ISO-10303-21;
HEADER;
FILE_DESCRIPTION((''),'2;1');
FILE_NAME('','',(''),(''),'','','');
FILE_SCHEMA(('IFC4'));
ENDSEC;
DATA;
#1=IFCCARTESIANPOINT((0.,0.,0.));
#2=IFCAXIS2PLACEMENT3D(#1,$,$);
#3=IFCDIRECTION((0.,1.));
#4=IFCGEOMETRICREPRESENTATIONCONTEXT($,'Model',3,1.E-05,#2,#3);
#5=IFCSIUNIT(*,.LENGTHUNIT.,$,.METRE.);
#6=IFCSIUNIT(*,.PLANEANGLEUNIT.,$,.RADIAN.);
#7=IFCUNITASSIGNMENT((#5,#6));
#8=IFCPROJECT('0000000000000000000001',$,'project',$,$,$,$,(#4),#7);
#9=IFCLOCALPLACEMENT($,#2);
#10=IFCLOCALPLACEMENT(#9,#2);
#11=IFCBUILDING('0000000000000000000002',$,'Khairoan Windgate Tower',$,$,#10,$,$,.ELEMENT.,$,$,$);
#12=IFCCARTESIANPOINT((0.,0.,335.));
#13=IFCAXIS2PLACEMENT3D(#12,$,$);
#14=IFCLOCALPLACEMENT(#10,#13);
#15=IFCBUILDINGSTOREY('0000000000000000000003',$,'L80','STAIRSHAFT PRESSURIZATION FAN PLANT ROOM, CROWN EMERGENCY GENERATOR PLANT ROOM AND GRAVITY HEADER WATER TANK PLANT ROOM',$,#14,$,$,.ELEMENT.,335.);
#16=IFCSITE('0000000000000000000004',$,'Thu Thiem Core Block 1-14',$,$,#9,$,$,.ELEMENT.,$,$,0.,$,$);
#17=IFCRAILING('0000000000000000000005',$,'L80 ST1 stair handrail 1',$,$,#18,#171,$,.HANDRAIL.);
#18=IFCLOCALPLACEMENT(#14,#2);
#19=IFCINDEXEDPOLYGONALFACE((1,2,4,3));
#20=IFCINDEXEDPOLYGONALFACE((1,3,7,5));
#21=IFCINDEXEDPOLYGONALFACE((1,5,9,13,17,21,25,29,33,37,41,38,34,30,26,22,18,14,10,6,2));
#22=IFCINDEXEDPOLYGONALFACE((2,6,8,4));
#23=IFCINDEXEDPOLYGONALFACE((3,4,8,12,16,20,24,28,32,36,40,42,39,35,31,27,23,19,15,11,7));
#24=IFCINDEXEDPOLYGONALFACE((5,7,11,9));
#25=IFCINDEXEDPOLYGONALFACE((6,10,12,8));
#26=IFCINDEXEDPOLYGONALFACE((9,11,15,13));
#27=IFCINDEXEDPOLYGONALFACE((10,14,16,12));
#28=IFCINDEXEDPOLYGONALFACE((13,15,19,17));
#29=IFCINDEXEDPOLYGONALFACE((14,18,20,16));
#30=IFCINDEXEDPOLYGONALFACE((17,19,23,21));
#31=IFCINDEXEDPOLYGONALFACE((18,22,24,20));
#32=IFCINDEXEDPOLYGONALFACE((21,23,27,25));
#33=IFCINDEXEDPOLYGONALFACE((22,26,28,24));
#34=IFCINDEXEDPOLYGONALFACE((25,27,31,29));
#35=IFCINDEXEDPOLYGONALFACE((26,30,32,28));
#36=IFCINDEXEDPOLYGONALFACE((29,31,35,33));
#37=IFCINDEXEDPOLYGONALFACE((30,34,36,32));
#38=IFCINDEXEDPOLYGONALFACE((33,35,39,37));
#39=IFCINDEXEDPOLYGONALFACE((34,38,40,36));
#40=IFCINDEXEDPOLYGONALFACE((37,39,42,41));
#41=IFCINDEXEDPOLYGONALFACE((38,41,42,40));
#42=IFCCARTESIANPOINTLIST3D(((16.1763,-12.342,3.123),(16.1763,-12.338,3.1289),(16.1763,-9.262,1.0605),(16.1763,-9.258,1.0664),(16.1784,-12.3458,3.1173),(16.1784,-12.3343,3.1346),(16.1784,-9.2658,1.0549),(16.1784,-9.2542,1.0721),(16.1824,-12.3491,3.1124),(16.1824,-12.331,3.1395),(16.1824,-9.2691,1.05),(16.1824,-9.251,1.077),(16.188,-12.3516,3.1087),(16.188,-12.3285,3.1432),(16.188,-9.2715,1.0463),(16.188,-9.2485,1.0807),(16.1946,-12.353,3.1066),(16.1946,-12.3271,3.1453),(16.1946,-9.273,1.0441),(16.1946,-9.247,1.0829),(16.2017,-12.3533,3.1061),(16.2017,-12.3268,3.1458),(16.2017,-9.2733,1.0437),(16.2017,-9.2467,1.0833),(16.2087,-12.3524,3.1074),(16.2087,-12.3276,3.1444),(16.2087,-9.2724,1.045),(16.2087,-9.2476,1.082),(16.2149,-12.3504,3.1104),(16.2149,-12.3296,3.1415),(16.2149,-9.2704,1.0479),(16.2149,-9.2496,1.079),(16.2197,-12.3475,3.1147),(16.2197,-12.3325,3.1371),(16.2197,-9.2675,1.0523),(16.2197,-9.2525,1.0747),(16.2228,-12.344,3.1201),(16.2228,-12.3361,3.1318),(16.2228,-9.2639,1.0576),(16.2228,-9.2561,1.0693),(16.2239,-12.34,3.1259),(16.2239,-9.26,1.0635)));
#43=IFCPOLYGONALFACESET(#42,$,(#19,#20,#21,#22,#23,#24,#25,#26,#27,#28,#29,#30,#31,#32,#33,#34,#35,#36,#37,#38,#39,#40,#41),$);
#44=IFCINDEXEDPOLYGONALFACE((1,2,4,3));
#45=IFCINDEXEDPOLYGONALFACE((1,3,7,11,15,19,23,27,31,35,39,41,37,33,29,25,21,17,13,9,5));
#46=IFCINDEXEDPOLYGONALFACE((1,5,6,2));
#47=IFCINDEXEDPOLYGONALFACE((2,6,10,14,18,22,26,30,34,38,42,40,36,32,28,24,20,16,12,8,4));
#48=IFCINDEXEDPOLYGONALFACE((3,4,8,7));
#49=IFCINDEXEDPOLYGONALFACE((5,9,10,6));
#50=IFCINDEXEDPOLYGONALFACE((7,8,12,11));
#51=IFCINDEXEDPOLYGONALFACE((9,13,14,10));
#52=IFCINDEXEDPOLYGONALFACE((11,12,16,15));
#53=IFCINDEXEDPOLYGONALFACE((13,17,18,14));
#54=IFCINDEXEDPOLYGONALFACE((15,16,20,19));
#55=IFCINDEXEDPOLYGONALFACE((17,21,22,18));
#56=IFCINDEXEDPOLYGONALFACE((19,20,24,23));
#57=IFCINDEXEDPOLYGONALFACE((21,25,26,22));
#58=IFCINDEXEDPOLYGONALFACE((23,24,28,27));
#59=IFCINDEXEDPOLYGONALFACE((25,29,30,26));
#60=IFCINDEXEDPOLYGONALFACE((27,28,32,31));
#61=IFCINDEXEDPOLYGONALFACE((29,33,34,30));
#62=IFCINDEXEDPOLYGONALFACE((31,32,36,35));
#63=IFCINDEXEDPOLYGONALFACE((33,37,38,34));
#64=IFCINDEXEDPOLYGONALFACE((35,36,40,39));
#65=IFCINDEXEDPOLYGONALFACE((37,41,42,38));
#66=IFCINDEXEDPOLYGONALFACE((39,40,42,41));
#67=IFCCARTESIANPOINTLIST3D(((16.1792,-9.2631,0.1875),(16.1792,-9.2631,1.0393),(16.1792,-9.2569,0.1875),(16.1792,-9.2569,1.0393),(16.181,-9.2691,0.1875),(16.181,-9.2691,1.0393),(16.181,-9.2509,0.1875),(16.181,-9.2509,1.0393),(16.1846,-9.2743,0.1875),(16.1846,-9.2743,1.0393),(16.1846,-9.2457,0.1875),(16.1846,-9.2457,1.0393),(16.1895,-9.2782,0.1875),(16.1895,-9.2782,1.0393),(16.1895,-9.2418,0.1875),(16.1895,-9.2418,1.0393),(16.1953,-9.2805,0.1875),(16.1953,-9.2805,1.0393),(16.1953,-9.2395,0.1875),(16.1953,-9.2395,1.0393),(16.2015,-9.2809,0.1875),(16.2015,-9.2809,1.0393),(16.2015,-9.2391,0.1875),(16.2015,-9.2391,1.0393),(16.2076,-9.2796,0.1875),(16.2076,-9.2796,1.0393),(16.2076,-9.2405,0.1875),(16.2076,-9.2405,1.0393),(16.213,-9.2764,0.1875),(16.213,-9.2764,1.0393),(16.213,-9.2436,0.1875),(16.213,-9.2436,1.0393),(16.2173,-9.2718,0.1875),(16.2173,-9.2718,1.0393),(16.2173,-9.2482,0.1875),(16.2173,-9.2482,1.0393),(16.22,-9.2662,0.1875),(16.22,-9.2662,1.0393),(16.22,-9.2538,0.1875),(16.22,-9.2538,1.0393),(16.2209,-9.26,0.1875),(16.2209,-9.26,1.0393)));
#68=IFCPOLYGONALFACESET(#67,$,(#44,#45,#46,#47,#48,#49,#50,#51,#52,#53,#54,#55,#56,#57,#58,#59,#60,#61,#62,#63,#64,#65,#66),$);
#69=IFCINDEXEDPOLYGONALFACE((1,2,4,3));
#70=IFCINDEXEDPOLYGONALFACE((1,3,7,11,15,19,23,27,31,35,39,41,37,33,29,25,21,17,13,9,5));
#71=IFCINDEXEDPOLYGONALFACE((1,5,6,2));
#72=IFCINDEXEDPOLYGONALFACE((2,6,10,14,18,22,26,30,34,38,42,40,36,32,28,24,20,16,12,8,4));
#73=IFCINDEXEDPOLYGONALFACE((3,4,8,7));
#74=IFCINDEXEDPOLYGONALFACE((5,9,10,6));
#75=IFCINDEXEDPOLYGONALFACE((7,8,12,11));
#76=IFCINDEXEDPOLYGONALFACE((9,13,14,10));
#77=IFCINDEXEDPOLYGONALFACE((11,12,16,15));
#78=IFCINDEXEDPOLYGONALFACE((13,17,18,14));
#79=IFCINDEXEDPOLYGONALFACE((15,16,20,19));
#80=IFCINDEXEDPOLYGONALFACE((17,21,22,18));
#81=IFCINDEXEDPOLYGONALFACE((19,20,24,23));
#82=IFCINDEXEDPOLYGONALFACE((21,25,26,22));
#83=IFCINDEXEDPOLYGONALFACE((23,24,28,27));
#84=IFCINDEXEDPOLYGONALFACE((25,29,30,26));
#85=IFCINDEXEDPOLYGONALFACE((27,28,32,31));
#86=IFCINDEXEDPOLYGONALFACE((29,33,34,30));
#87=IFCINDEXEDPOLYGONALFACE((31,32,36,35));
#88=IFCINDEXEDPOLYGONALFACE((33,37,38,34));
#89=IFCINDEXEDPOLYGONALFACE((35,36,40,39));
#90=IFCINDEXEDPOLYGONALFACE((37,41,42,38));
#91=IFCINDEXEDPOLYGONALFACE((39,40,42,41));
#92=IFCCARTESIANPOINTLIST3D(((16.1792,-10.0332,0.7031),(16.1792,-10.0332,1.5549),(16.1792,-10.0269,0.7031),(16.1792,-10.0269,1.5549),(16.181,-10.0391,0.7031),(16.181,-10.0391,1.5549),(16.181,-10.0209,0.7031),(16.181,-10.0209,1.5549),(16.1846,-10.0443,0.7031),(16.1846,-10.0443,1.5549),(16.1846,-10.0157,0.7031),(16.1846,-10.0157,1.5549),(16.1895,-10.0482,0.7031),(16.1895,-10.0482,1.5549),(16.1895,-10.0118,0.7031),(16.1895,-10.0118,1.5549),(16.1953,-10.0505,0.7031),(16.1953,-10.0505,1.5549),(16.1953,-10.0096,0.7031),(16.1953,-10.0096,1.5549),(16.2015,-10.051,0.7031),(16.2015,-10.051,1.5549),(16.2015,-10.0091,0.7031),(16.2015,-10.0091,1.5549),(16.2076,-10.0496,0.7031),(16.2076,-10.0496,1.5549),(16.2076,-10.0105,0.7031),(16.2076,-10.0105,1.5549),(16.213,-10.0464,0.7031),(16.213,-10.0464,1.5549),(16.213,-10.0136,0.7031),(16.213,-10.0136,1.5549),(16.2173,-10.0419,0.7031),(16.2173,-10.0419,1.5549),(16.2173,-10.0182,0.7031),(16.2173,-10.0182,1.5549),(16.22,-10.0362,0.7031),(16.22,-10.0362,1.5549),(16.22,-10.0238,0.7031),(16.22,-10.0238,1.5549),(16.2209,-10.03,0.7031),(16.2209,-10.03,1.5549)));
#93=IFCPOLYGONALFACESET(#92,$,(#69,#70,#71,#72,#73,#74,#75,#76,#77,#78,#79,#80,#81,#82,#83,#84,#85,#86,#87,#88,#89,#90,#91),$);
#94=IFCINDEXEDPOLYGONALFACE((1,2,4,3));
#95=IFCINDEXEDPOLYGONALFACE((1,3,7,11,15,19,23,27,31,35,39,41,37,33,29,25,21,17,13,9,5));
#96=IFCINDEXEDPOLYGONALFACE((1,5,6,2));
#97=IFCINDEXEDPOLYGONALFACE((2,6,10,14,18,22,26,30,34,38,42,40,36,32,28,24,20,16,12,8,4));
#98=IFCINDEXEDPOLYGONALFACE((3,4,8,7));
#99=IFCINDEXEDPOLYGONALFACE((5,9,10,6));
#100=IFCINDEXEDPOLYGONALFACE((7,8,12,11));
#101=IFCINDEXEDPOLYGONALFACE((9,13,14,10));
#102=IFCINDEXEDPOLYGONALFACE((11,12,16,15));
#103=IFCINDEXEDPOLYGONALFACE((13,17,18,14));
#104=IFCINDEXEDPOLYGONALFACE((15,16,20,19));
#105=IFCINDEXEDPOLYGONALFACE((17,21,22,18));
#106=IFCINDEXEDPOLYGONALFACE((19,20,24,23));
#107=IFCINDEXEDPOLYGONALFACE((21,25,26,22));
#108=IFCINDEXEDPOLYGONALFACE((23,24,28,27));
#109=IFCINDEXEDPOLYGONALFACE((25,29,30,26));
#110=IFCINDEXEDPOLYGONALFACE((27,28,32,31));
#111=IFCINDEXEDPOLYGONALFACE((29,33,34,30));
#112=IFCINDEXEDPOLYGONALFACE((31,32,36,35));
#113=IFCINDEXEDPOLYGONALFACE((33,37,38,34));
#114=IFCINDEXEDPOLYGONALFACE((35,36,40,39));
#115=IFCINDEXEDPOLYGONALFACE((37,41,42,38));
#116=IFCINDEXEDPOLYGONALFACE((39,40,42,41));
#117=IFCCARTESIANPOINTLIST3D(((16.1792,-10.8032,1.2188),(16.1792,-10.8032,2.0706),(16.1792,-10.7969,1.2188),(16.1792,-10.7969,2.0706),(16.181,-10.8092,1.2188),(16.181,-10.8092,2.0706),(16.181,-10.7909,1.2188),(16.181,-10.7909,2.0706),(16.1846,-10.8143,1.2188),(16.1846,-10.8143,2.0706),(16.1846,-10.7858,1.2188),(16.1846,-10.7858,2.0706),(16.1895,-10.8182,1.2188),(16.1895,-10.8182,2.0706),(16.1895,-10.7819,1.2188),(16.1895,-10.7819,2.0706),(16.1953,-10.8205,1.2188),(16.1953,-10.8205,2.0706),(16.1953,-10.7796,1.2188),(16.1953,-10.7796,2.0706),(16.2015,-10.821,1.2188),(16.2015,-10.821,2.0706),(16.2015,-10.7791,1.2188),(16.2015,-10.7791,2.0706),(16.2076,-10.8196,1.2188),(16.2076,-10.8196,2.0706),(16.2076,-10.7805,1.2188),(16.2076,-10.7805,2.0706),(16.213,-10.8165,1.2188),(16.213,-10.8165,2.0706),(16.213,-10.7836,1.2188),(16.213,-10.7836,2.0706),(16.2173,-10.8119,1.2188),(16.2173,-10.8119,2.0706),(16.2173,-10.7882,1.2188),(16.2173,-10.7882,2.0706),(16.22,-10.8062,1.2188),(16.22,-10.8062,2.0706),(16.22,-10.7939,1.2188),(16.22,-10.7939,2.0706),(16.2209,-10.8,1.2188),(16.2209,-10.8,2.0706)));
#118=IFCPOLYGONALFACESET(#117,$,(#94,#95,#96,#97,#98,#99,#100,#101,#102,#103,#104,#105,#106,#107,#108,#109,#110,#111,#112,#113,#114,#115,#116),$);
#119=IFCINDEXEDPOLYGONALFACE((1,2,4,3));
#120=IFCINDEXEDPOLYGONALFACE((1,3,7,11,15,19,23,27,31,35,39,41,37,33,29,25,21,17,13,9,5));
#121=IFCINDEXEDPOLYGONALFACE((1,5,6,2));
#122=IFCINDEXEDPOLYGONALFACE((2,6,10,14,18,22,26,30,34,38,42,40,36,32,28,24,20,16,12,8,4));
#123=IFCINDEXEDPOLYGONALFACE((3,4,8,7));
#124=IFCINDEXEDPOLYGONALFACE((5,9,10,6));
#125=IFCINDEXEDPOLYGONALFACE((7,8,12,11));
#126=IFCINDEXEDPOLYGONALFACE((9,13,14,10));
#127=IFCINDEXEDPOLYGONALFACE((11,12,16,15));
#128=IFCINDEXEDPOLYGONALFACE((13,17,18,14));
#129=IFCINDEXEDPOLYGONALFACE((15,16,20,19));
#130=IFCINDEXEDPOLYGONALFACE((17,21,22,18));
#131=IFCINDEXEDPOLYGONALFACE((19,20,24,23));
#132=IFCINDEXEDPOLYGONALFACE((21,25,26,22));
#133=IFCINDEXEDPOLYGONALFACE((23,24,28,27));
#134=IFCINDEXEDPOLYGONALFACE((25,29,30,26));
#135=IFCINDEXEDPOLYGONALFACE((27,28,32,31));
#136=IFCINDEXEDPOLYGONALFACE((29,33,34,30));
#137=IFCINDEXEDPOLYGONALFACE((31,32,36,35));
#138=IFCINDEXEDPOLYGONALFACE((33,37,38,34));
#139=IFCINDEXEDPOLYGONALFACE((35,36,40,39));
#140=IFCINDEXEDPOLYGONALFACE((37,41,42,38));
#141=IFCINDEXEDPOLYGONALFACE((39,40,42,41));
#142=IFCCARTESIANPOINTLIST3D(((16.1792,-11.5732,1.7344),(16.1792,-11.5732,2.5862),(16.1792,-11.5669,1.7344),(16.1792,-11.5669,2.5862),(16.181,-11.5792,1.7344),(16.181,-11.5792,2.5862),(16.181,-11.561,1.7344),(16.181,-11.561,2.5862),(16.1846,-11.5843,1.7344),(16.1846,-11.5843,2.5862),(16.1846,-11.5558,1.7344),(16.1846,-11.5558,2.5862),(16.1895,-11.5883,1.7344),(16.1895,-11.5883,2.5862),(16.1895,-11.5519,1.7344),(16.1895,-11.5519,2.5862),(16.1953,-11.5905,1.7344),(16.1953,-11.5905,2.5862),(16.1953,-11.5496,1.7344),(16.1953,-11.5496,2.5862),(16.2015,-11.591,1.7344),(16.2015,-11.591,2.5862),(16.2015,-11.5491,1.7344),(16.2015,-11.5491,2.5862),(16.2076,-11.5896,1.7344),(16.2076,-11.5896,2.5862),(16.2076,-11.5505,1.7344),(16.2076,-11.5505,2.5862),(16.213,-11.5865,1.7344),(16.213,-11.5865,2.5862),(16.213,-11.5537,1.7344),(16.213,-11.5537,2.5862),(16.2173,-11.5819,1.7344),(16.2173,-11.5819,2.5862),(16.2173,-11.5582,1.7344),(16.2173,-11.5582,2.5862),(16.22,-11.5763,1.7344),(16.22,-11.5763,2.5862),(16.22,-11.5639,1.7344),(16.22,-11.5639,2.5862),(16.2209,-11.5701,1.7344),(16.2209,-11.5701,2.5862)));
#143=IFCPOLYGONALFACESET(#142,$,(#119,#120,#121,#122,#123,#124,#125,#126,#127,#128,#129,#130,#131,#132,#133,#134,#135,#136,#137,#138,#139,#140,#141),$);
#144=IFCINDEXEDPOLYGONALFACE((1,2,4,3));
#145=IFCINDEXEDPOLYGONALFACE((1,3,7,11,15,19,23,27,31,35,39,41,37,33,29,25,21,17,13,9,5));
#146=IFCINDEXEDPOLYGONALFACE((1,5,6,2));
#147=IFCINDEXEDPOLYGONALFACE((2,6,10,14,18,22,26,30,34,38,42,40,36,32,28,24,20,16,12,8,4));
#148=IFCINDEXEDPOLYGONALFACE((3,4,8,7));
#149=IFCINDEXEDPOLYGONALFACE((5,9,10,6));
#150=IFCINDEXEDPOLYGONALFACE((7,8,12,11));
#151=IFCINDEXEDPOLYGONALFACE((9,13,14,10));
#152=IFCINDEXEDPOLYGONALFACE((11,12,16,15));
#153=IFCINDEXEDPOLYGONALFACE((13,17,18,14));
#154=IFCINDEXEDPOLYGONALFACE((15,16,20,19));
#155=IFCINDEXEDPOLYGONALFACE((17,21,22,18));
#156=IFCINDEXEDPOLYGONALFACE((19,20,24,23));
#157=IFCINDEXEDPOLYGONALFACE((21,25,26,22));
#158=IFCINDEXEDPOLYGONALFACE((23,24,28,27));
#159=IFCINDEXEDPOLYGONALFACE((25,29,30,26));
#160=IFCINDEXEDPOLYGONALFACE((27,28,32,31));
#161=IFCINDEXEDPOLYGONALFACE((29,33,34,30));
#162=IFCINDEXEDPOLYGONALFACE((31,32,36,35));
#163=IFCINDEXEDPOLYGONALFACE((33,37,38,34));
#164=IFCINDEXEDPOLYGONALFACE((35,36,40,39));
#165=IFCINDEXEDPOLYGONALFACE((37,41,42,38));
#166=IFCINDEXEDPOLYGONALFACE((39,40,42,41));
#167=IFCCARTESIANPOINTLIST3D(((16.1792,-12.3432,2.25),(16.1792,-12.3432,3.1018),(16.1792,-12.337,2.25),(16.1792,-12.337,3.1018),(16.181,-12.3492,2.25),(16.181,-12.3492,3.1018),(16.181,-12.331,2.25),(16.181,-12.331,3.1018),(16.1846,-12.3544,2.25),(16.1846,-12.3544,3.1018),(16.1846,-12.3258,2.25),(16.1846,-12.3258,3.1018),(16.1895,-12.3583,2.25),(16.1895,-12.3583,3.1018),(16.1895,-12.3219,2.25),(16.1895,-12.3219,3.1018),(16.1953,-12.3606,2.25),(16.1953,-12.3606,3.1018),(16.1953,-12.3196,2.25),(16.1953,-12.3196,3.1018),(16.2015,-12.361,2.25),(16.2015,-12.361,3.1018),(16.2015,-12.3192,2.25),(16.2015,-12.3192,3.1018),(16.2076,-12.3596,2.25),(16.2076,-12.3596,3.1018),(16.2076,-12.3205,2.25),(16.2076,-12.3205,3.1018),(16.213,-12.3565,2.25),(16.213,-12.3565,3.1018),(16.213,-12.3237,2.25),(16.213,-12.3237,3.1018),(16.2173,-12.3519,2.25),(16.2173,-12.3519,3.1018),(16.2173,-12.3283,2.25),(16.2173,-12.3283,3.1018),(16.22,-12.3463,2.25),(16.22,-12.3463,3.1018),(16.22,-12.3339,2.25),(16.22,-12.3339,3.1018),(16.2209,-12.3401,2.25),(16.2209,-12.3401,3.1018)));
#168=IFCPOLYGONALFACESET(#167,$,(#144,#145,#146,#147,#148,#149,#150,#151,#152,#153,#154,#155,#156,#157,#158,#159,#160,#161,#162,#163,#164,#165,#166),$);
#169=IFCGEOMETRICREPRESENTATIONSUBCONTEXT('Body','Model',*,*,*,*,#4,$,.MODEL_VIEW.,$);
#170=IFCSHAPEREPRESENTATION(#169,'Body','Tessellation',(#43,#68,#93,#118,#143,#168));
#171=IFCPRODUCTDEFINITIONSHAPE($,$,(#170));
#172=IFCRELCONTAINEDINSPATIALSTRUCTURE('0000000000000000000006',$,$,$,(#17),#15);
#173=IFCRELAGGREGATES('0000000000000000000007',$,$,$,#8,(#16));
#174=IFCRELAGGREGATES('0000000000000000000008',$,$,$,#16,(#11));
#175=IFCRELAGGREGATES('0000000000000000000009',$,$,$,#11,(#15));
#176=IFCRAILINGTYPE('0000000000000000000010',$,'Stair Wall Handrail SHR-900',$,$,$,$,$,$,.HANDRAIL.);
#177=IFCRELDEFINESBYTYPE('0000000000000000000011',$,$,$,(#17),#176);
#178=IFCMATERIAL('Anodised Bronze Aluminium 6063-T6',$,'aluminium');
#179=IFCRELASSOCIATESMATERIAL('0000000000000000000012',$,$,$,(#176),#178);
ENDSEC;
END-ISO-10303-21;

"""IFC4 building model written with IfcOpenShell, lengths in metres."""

from ifc_helpers import new_model, si_unit, direction, frame, origin, origin_2d, place, context, subcontext, project, spatial, circle, extrude, material, type_object, element, save


model = new_model("IFC4")

# Units and contexts
model_context = context("Model", 3, precision=1e-05, world=origin(), true_north=direction((0.0, 1.0)))
body_context = subcontext(model_context, "Body", "Model", "MODEL_VIEW")
ifc_project = project(units=[si_unit("LENGTHUNIT", "METRE"), si_unit("PLANEANGLEUNIT", "RADIAN")], contexts=[model_context])

# Site, building, storey
site_placement = place(None, origin())
site = spatial("IfcSite", under=ifc_project, at=site_placement, Name="Thu Thiem Core Block 1-14", CompositionType="ELEMENT", RefElevation=0.0)
building_placement = place(site_placement, origin())
building = spatial("IfcBuilding", under=site, at=building_placement, Name="Khairoan Windgate Tower", CompositionType="ELEMENT")
storey_placement = place(building_placement, frame((0.0, 0.0, 335.0)))
storey = spatial("IfcBuildingStorey", under=building, at=storey_placement, Name="L80", Description="STAIRSHAFT PRESSURIZATION FAN PLANT ROOM, CROWN EMERGENCY GENERATOR PLANT ROOM AND GRAVITY HEADER WATER TANK PLANT ROOM", CompositionType="ELEMENT", Elevation=335.0)

# Railing
ifc_material_1 = material(Name="Anodised Bronze Aluminium 6063-T6", Category="aluminium")
railing_type_1 = type_object("IfcRailingType", Name="Stair Wall Handrail SHR-900", PredefinedType="HANDRAIL", material=ifc_material_1)
railing_1_placement = place(storey_placement, frame((16.2, -9.26, 0.1875)))
element("IfcRailing", 1, at=railing_1_placement, inside=storey, type_object=railing_type_1, Name="L80 ST1 stair handrail 1", PredefinedType="HANDRAIL", context=body_context, shape_type="SweptSolid", body=[
    extrude(circle(Radius=0.0239, at=origin_2d()), frame((0.0, 0.0, 0.876), z_axis=(0.0, -0.830914, 0.556401), x_axis=(1.0, 0.0, 0.0)), (0.0, 0.0, 1.0), 3.7068),
    extrude(circle(Radius=0.021, at=origin_2d()), origin(), (0.0, 0.0, 1.0), 0.8518),
    extrude(circle(Radius=0.021, at=origin_2d()), frame((0.0, -0.77, 0.5156)), (0.0, 0.0, 1.0), 0.8518),
    extrude(circle(Radius=0.021, at=origin_2d()), frame((0.0, -1.54, 1.0312)), (0.0, 0.0, 1.0), 0.8518),
    extrude(circle(Radius=0.021, at=origin_2d()), frame((0.0, -2.3101, 1.5469)), (0.0, 0.0, 1.0), 0.8518),
    extrude(circle(Radius=0.021, at=origin_2d()), frame((0.0, -3.0801, 2.0625)), (0.0, 0.0, 1.0), 0.8518),
])

save(model, "model.ifc")
